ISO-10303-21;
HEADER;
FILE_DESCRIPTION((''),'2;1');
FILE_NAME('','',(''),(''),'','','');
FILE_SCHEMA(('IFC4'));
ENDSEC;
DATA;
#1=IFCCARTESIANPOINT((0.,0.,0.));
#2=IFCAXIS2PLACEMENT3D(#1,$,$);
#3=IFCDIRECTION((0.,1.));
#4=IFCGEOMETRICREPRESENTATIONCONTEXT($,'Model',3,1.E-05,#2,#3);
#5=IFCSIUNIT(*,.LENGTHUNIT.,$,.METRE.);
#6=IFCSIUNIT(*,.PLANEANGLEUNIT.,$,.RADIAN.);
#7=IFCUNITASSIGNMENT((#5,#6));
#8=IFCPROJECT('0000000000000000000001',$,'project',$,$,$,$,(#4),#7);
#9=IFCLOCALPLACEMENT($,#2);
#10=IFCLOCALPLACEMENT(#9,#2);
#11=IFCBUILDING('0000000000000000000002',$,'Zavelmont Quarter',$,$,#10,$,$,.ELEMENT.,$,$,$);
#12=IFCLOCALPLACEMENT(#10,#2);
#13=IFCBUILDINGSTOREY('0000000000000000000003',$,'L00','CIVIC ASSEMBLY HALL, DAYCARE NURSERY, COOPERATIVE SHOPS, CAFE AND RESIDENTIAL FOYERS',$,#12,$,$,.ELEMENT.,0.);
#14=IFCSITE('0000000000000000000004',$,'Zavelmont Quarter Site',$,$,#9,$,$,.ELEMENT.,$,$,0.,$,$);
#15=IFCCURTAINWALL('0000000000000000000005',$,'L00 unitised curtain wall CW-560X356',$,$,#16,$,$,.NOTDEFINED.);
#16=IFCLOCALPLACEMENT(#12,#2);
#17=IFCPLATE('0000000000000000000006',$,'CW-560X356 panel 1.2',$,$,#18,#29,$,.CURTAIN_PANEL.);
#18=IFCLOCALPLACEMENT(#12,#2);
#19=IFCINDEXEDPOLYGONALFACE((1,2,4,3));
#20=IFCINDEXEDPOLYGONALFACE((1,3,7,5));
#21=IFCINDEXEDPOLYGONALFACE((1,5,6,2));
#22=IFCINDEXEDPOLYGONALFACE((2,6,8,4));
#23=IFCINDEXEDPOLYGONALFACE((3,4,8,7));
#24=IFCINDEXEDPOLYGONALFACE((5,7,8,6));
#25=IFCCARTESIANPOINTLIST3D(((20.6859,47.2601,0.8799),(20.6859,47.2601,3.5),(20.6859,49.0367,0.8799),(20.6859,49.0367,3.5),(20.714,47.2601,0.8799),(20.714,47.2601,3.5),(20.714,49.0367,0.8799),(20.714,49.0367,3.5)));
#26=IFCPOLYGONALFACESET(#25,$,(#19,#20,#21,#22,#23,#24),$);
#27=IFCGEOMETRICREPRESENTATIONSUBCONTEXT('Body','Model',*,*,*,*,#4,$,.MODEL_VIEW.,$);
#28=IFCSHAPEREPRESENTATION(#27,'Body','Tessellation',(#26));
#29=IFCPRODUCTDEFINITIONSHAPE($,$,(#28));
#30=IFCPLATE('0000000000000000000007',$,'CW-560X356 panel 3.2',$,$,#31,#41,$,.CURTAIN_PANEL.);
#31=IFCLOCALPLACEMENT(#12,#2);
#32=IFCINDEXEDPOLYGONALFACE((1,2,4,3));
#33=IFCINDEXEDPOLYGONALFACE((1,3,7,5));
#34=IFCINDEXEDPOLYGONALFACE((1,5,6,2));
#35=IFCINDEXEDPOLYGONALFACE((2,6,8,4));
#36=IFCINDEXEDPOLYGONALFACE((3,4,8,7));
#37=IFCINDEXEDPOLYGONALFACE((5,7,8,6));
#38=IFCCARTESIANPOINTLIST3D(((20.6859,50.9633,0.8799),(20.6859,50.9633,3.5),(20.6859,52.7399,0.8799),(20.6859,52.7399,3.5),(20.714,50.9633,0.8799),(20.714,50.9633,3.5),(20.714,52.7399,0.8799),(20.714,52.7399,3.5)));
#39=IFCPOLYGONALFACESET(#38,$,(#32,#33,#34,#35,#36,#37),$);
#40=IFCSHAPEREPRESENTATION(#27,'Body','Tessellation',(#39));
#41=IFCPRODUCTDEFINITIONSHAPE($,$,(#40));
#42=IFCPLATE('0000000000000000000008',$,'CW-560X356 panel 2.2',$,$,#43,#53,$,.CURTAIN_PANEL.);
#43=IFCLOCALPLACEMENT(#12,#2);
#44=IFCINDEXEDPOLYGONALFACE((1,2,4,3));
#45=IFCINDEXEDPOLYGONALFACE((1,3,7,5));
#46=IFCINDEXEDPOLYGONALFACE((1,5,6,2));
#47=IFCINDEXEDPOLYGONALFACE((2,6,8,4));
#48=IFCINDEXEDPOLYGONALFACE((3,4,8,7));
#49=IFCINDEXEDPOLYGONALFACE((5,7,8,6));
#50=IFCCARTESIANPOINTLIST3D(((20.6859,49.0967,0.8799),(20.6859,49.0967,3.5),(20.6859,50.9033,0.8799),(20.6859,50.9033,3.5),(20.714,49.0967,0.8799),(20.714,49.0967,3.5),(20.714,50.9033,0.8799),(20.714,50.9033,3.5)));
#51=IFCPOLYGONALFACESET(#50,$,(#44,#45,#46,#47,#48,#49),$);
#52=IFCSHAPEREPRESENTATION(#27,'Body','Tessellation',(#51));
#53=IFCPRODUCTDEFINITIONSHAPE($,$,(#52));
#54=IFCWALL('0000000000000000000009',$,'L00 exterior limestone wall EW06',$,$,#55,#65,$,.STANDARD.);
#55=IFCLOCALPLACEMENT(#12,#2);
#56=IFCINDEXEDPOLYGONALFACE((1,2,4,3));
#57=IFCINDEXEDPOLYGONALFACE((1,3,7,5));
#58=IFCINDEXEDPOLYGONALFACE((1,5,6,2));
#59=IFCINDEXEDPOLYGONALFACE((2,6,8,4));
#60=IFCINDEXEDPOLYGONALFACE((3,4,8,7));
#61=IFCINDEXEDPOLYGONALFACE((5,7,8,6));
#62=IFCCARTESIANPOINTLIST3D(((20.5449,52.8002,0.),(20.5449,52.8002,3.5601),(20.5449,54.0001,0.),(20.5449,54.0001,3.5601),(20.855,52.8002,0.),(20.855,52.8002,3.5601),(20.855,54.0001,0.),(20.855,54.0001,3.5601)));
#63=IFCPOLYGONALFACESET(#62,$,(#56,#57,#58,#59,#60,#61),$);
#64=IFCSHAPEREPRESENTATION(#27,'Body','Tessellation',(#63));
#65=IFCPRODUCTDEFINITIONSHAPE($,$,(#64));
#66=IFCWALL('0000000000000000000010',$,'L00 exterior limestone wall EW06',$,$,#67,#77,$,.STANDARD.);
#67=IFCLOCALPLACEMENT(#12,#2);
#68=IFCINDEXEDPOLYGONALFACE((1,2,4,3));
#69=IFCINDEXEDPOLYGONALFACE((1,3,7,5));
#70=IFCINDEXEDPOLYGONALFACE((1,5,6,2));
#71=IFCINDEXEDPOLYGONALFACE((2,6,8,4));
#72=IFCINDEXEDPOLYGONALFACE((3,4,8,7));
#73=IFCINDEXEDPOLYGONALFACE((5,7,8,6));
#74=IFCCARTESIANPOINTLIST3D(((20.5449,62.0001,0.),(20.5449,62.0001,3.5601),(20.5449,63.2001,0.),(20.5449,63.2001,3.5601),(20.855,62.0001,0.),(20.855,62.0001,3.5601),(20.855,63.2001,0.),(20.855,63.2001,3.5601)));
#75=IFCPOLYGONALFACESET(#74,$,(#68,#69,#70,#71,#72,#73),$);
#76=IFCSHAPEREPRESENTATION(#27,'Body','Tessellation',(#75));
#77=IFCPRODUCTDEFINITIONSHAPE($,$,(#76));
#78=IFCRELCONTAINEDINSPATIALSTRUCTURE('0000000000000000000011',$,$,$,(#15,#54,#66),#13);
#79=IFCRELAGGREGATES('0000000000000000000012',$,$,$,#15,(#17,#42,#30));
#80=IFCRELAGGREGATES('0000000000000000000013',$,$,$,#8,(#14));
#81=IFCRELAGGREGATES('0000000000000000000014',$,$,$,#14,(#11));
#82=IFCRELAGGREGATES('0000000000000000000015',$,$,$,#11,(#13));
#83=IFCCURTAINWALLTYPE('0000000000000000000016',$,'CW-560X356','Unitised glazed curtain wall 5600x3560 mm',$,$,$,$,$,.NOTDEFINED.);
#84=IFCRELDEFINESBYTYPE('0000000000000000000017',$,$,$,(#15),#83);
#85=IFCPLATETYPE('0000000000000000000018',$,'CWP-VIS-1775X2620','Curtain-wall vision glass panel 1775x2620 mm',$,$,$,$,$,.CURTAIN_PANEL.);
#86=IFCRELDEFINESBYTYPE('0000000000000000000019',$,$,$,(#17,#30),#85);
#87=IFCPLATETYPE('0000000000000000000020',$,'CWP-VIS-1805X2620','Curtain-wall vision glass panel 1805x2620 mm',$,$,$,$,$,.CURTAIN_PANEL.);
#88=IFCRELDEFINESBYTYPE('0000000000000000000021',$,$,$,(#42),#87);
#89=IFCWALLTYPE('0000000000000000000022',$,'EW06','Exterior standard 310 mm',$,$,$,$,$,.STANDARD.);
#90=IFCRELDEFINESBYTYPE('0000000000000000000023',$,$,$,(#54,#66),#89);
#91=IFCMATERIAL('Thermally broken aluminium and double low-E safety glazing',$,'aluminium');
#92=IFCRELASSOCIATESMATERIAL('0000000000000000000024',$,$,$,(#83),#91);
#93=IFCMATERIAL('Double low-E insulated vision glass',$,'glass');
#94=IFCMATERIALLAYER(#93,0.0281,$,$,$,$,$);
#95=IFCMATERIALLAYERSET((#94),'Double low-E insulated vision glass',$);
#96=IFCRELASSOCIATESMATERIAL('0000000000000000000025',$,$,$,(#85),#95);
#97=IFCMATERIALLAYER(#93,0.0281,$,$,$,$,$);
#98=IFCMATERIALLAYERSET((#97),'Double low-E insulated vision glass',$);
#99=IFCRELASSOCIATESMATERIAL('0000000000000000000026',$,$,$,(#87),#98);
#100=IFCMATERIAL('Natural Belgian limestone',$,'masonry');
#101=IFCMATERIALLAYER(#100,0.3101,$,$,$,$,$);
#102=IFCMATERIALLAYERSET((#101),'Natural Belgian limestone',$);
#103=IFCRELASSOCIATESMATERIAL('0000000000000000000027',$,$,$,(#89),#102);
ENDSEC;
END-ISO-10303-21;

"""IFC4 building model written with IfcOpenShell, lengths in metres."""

from ifc_helpers import new_model, si_unit, direction, frame, frame_2d, origin, origin_2d, place, context, subcontext, project, spatial, rectangle, extrude, material, layer, layer_set, type_object, element, aggregate, save


model = new_model("IFC4")

# Units and contexts
model_context = context("Model", 3, precision=1e-05, world=origin(), true_north=direction((0.0, 1.0)))
body_context = subcontext(model_context, "Body", "Model", "MODEL_VIEW")
ifc_project = project(units=[si_unit("LENGTHUNIT", "METRE"), si_unit("PLANEANGLEUNIT", "RADIAN")], contexts=[model_context])

# Site, building, storey
site_placement = place(None, origin())
site = spatial("IfcSite", under=ifc_project, at=site_placement, Name="Zavelmont Quarter Site", CompositionType="ELEMENT", RefElevation=0.0)
building_placement = place(site_placement, origin())
building = spatial("IfcBuilding", under=site, at=building_placement, Name="Zavelmont Quarter", CompositionType="ELEMENT")
storey_placement = place(building_placement, origin())
storey = spatial("IfcBuildingStorey", under=building, at=storey_placement, Name="L00", Description="CIVIC ASSEMBLY HALL, DAYCARE NURSERY, COOPERATIVE SHOPS, CAFE AND RESIDENTIAL FOYERS", CompositionType="ELEMENT", Elevation=0.0)

# Curtain wall
ifc_material_1 = material(Name="Thermally broken aluminium and double low-E safety glazing", Category="aluminium")
curtain_wall_type_1 = type_object("IfcCurtainWallType", Name="CW-560X356", Description="Unitised glazed curtain wall 5600x3560 mm", PredefinedType="NOTDEFINED", material=ifc_material_1)
curtain_wall_1_placement = place(storey_placement, origin())
curtain_wall_1 = element("IfcCurtainWall", 1, at=curtain_wall_1_placement, inside=storey, type_object=curtain_wall_type_1, Name="L00 unitised curtain wall CW-560X356", PredefinedType="NOTDEFINED")

# Plates
ifc_material_2 = material(Name="Double low-E insulated vision glass", Category="glass")
ifc_layer_1 = layer(ifc_material_2, 0.0281)
ifc_layer_set_1 = layer_set([ifc_layer_1], Name="Double low-E insulated vision glass")
plate_type_1 = type_object("IfcPlateType", Name="CWP-VIS-1775X2620", Description="Curtain-wall vision glass panel 1775x2620 mm", PredefinedType="CURTAIN_PANEL", material=ifc_layer_set_1)
plate_1_placement = place(storey_placement, frame((20.7, 48.1484, 0.8799), z_axis=(0.0, 0.0, 1.0), x_axis=(0.0, 1.0, 0.0)))
plate_1 = element("IfcPlate", 2, at=plate_1_placement, type_object=plate_type_1, Name="CW-560X356 panel 1.2", PredefinedType="CURTAIN_PANEL", context=body_context, shape_type="SweptSolid", body=[
    extrude(rectangle(XDim=1.7766, YDim=0.0281, at=origin_2d()), origin(), (0.0, 0.0, 1.0), 2.6201),
])
plate_2_placement = place(storey_placement, frame((20.7, 51.8516, 0.8799), z_axis=(0.0, 0.0, 1.0), x_axis=(0.0, 1.0, 0.0)))
plate_2 = element("IfcPlate", 3, at=plate_2_placement, type_object=plate_type_1, Name="CW-560X356 panel 3.2", PredefinedType="CURTAIN_PANEL", context=body_context, shape_type="SweptSolid", body=[
    extrude(rectangle(XDim=1.7766, YDim=0.0281, at=origin_2d()), origin(), (0.0, 0.0, 1.0), 2.6201),
])
ifc_layer_2 = layer(ifc_material_2, 0.0281)
ifc_layer_set_2 = layer_set([ifc_layer_2], Name="Double low-E insulated vision glass")
plate_type_2 = type_object("IfcPlateType", Name="CWP-VIS-1805X2620", Description="Curtain-wall vision glass panel 1805x2620 mm", PredefinedType="CURTAIN_PANEL", material=ifc_layer_set_2)
plate_3_placement = place(storey_placement, frame((20.7, 50.0, 0.8799), z_axis=(0.0, 0.0, 1.0), x_axis=(0.0, 1.0, 0.0)))
plate_3 = element("IfcPlate", 4, at=plate_3_placement, type_object=plate_type_2, Name="CW-560X356 panel 2.2", PredefinedType="CURTAIN_PANEL", context=body_context, shape_type="SweptSolid", body=[
    extrude(rectangle(XDim=1.8066, YDim=0.0281, at=origin_2d()), origin(), (0.0, 0.0, 1.0), 2.6201),
])
aggregate(curtain_wall_1, [plate_1, plate_3, plate_2])

# Walls
ifc_material_3 = material(Name="Natural Belgian limestone", Category="masonry")
ifc_layer_3 = layer(ifc_material_3, 0.3101)
ifc_layer_set_3 = layer_set([ifc_layer_3], Name="Natural Belgian limestone")
wall_type = type_object("IfcWallType", Name="EW06", Description="Exterior standard 310 mm", PredefinedType="STANDARD", material=ifc_layer_set_3)
for number, where, z_axis, x_axis, name in (
    (5, (20.7, 52.8, 0.0), (0.0, 0.0, 1.0), (0.0, 1.0, 0.0), "L00 exterior limestone wall EW06"),
    (6, (20.7, 62.0, 0.0), (0.0, 0.0, 1.0), (0.0, 1.0, 0.0), "L00 exterior limestone wall EW06"),
):
    element("IfcWall", number, at=place(storey_placement, frame(where, z_axis=z_axis, x_axis=x_axis)), inside=storey, type_object=wall_type, Name=name, PredefinedType="STANDARD", context=body_context, shape_type="SweptSolid", body=[
        extrude(rectangle(XDim=1.2, YDim=0.3101, at=frame_2d((0.6001, 0.0))), origin(), (0.0, 0.0, 1.0), 3.5601),
    ])

save(model, "model.ifc")
